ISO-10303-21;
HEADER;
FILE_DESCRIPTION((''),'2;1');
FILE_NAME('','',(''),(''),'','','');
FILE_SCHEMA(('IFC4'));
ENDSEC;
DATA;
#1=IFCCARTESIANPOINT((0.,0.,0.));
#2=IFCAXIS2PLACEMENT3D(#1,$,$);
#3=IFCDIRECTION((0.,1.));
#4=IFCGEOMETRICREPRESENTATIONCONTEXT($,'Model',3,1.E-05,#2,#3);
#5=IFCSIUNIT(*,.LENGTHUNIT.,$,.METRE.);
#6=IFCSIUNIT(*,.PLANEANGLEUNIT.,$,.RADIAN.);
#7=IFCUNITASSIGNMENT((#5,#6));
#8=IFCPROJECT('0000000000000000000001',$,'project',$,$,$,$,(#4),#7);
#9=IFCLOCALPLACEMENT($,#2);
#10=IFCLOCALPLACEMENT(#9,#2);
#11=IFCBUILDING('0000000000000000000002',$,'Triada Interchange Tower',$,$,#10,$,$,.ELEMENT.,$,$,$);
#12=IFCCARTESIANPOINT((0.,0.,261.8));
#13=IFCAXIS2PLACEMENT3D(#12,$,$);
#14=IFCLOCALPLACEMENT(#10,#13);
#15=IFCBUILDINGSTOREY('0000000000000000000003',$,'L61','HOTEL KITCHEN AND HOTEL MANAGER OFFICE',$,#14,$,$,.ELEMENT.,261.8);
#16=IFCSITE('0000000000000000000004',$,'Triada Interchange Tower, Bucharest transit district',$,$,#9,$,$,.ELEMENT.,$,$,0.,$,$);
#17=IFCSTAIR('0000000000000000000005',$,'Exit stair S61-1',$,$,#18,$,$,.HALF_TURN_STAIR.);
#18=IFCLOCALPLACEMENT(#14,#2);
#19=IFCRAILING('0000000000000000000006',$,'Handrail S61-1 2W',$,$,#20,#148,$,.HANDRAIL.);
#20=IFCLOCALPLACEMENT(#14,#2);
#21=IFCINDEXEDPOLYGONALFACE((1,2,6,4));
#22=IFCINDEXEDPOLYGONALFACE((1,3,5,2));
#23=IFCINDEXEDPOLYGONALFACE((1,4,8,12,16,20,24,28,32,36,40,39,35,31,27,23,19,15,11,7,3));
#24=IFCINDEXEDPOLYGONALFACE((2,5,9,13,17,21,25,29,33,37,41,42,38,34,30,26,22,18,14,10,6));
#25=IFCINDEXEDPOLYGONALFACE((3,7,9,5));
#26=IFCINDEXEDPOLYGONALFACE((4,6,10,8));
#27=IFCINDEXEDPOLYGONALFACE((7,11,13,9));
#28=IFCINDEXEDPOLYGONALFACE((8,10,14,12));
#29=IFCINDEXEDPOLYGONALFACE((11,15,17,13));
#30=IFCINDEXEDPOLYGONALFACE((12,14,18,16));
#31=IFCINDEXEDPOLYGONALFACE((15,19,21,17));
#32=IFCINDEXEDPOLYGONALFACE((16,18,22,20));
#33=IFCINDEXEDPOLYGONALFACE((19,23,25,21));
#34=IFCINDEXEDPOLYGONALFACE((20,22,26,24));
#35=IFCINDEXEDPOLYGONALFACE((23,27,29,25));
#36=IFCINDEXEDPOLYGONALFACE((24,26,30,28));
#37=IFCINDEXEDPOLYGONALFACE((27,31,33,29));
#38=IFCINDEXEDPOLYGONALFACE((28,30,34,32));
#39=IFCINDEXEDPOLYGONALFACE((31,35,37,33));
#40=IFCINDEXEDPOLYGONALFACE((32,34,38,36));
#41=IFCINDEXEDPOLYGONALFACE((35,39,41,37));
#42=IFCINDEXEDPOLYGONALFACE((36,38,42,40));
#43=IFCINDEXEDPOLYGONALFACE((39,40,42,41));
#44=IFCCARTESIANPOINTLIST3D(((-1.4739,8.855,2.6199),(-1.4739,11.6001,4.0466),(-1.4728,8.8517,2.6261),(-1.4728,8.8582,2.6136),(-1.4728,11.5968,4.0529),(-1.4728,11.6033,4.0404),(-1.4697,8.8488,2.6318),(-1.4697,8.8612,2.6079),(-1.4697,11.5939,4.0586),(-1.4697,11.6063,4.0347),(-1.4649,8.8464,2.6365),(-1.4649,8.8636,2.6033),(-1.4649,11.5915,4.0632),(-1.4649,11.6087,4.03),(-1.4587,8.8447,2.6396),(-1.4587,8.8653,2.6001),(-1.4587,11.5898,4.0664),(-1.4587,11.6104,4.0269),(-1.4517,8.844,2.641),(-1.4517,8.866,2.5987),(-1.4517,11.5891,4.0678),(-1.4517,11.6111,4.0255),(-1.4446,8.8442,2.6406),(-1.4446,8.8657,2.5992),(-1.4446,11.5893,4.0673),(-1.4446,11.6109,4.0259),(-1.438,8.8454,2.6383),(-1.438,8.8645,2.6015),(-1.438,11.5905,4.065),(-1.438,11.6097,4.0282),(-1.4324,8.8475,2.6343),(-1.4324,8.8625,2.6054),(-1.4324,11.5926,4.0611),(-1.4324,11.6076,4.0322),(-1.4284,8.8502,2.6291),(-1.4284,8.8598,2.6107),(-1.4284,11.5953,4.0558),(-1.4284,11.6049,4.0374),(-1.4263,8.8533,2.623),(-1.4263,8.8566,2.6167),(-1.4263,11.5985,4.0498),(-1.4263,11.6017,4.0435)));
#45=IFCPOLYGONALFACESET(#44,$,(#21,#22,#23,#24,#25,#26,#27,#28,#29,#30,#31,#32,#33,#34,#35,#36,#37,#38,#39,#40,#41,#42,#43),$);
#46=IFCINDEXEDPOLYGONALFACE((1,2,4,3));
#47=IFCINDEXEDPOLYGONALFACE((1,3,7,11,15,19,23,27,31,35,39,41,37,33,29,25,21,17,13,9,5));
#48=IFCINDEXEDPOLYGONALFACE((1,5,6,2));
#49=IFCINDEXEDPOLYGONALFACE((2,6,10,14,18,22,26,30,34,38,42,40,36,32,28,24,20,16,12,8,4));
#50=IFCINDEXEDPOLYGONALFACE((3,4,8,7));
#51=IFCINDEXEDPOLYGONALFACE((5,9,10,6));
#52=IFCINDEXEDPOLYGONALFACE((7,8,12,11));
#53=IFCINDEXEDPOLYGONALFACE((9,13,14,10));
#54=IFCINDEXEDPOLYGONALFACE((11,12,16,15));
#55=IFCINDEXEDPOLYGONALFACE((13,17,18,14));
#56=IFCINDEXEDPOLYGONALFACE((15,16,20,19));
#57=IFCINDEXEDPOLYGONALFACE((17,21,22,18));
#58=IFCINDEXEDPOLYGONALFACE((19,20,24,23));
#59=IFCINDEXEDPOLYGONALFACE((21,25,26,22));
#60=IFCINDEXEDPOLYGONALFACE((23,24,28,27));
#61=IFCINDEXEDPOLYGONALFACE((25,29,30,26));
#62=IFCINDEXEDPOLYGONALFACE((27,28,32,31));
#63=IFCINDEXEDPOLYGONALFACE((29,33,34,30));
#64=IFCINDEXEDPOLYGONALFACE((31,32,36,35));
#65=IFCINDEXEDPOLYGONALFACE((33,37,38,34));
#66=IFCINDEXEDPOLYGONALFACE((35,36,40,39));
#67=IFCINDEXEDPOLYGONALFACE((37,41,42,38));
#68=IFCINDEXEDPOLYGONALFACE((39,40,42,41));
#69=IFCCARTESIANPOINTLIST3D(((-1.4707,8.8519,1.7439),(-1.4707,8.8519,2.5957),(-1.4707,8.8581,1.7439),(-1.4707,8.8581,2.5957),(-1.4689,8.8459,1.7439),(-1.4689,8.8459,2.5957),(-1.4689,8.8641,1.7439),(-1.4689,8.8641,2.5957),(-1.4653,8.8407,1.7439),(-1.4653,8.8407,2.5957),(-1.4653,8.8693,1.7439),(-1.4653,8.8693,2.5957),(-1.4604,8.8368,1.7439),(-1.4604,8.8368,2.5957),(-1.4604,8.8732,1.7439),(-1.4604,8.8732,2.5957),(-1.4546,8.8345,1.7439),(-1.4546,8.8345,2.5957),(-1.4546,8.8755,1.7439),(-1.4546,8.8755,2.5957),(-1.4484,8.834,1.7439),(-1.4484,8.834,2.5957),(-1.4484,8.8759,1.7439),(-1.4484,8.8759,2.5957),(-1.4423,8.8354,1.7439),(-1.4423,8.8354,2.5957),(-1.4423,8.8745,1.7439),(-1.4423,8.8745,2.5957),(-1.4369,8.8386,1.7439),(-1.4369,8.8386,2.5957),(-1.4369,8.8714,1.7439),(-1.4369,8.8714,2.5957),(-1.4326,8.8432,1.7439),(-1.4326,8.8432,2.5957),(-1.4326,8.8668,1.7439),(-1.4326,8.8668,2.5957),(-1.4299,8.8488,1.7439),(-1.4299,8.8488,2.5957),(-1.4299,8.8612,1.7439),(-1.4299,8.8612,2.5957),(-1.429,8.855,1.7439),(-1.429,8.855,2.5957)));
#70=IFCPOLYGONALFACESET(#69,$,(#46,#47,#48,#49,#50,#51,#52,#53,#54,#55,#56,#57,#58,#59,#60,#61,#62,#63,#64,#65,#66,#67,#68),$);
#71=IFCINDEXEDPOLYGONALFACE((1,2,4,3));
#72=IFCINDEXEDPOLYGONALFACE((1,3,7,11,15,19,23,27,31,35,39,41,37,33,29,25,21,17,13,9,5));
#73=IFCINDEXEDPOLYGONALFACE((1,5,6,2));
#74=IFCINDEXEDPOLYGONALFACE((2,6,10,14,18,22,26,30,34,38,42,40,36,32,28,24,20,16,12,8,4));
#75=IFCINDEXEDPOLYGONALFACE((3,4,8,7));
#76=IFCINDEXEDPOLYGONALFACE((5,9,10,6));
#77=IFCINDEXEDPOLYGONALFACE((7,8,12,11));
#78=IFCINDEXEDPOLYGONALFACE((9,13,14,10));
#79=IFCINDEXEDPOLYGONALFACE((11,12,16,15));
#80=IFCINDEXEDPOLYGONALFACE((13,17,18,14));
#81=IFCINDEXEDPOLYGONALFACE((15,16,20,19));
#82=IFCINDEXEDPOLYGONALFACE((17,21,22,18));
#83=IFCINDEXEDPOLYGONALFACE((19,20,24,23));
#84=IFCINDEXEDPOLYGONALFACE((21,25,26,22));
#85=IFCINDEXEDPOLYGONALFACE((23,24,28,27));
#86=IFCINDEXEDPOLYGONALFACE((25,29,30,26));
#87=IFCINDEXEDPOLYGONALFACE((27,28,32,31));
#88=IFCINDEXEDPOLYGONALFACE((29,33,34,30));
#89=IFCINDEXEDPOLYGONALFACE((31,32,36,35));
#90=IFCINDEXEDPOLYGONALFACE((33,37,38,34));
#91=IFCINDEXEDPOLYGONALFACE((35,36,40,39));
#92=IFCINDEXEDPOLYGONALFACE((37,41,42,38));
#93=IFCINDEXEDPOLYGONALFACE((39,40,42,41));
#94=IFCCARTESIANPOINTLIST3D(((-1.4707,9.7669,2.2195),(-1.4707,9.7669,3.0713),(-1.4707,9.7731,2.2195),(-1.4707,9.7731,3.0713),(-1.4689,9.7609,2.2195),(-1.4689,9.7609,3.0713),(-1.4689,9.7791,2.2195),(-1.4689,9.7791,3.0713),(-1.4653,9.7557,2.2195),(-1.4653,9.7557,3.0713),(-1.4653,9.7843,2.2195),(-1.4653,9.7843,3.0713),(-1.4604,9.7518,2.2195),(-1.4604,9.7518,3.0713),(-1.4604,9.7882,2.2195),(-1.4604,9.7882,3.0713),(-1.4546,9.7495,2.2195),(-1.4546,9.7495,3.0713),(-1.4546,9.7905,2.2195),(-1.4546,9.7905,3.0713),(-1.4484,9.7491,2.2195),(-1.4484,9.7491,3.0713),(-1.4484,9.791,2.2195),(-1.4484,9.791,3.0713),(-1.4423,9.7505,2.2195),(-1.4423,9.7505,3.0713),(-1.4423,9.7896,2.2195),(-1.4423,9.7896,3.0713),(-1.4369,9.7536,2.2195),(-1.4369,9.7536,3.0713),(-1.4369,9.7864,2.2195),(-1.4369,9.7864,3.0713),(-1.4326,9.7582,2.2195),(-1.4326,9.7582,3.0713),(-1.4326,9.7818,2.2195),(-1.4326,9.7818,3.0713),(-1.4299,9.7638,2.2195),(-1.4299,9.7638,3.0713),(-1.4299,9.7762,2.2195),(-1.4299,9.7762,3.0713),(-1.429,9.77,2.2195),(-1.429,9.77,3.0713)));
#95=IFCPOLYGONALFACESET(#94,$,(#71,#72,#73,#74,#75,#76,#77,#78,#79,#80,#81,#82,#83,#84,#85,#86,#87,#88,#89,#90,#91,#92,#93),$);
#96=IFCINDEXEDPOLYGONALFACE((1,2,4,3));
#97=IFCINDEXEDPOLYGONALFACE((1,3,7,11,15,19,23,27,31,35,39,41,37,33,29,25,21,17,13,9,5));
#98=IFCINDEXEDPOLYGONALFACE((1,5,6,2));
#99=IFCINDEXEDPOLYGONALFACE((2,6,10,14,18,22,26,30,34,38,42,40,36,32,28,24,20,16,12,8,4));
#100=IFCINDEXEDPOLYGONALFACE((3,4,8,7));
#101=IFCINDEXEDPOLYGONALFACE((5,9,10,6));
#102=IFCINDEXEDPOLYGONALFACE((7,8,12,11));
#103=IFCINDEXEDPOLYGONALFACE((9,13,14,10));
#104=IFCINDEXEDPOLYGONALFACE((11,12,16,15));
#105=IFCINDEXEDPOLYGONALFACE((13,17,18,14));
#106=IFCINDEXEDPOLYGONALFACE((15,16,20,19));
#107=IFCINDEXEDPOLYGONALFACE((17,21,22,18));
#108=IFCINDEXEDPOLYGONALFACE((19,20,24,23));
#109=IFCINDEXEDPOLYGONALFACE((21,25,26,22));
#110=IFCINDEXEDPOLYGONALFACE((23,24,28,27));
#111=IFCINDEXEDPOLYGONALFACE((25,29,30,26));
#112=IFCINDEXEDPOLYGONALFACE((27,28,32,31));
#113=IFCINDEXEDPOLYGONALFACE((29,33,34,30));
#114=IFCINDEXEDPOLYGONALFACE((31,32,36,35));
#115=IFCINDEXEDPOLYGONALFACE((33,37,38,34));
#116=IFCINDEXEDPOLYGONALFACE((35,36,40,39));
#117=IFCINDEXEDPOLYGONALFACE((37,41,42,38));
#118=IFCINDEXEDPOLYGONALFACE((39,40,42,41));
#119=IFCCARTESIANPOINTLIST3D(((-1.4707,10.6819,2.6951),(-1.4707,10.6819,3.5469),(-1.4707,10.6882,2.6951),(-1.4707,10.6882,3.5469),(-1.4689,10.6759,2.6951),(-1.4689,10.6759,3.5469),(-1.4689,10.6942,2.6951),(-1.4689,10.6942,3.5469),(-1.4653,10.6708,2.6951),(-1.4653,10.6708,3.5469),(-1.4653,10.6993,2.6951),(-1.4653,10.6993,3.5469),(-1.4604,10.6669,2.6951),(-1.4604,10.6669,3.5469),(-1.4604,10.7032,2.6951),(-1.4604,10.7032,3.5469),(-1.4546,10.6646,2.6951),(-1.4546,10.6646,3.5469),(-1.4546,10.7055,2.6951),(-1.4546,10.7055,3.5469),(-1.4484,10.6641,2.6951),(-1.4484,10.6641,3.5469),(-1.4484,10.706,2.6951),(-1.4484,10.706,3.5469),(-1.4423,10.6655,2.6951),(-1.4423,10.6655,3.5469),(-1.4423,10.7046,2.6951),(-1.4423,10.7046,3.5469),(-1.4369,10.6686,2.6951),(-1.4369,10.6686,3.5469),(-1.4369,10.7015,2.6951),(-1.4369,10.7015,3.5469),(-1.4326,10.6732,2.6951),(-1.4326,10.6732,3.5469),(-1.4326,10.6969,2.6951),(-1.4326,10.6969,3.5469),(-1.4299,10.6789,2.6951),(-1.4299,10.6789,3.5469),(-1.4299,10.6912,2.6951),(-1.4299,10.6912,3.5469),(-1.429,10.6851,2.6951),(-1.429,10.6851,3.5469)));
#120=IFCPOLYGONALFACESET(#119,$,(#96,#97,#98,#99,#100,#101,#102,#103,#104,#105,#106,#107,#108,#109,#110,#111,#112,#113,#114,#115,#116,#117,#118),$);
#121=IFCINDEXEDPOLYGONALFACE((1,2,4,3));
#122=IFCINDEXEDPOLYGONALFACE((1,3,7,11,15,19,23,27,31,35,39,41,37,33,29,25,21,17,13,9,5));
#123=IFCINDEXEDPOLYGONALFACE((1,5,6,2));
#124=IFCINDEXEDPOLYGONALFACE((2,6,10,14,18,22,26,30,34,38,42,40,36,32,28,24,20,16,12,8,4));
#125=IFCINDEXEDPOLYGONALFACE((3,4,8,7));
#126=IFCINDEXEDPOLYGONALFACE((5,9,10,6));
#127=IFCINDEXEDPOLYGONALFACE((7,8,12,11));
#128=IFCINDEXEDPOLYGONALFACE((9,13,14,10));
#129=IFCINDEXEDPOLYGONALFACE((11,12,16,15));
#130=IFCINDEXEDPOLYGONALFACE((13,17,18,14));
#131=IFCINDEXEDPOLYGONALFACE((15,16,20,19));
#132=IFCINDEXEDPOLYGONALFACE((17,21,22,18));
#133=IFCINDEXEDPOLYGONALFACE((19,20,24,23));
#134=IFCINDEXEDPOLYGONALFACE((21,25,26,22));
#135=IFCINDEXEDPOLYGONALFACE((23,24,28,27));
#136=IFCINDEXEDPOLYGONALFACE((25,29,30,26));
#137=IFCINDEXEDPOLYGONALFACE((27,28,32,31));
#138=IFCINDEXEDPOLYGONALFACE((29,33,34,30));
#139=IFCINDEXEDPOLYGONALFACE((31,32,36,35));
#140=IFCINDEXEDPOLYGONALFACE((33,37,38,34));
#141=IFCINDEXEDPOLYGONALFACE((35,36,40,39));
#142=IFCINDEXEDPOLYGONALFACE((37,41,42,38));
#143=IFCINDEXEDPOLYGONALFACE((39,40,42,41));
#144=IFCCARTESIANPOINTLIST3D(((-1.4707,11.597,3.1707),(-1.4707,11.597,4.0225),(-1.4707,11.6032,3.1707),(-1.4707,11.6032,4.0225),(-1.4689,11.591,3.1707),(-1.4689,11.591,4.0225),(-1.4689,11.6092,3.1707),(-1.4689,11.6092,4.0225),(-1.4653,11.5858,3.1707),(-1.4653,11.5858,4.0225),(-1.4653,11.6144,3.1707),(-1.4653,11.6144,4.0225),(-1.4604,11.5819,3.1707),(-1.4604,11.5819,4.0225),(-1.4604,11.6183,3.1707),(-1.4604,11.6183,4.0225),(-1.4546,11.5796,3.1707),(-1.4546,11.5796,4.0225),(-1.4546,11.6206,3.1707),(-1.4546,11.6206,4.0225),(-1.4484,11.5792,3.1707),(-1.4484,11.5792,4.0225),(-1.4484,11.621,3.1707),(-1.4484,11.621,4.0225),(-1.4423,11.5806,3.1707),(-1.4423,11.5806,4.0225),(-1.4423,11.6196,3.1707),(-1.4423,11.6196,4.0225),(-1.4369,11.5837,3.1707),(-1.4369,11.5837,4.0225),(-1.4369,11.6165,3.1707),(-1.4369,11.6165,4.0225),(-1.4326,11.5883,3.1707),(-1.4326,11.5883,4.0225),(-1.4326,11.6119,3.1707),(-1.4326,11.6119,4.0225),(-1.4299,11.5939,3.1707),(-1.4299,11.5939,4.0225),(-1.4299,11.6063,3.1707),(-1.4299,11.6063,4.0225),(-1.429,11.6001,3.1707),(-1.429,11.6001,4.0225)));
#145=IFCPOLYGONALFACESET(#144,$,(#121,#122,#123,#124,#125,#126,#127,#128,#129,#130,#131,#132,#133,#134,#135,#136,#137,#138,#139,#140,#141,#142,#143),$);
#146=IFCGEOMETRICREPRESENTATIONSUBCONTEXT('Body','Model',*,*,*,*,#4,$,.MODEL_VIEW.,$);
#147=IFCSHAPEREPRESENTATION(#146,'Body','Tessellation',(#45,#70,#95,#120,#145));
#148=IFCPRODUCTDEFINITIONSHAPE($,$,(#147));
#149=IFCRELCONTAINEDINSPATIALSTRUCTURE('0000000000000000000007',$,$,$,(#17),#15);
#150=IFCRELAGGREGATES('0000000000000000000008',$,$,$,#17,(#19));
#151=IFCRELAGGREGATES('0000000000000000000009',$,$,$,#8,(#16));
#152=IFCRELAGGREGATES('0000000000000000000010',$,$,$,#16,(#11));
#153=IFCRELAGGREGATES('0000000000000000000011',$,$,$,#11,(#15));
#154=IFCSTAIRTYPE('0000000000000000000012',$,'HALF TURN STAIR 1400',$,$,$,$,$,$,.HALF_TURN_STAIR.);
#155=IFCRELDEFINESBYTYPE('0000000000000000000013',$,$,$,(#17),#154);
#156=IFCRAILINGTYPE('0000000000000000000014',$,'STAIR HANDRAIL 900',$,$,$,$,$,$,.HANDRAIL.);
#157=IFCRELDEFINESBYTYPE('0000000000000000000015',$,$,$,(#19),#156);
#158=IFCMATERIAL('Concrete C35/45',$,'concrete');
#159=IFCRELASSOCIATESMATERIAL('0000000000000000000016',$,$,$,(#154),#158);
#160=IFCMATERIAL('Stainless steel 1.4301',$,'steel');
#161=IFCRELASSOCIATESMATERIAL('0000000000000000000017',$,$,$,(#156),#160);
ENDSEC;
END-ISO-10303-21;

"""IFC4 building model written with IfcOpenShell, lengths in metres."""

from ifc_helpers import new_model, si_unit, direction, frame, origin, origin_2d, place, context, subcontext, project, spatial, circle, extrude, material, type_object, element, aggregate, save


model = new_model("IFC4")

# Units and contexts
model_context = context("Model", 3, precision=1e-05, world=origin(), true_north=direction((0.0, 1.0)))
body_context = subcontext(model_context, "Body", "Model", "MODEL_VIEW")
ifc_project = project(units=[si_unit("LENGTHUNIT", "METRE"), si_unit("PLANEANGLEUNIT", "RADIAN")], contexts=[model_context])

# Site, building, storey
site_placement = place(None, origin())
site = spatial("IfcSite", under=ifc_project, at=site_placement, Name="Triada Interchange Tower, Bucharest transit district", CompositionType="ELEMENT", RefElevation=0.0)
building_placement = place(site_placement, origin())
building = spatial("IfcBuilding", under=site, at=building_placement, Name="Triada Interchange Tower", CompositionType="ELEMENT")
storey_placement = place(building_placement, frame((0.0, 0.0, 261.8)))
storey = spatial("IfcBuildingStorey", under=building, at=storey_placement, Name="L61", Description="HOTEL KITCHEN AND HOTEL MANAGER OFFICE", CompositionType="ELEMENT", Elevation=261.8)

# Stair, railing
ifc_material_1 = material(Name="Concrete C35/45", Category="concrete")
stair_type = type_object("IfcStairType", Name="HALF TURN STAIR 1400", PredefinedType="HALF_TURN_STAIR", material=ifc_material_1)
stair_placement = place(storey_placement, origin())
stair = element("IfcStair", 1, at=stair_placement, inside=storey, type_object=stair_type, Name="Exit stair S61-1", PredefinedType="HALF_TURN_STAIR")
ifc_material_2 = material(Name="Stainless steel 1.4301", Category="steel")
railing_type = type_object("IfcRailingType", Name="STAIR HANDRAIL 900", PredefinedType="HANDRAIL", material=ifc_material_2)
railing_1_placement = place(storey_placement, frame((-1.45, 8.855, 1.7439)))
railing_1 = element("IfcRailing", 2, at=railing_1_placement, type_object=railing_type, Name="Handrail S61-1 2W", PredefinedType="HANDRAIL", context=body_context, shape_type="SweptSolid", body=[
    extrude(circle(Radius=0.0239, at=origin_2d()), frame((0.0, 0.0, 0.876), z_axis=(0.0, 0.88731, 0.461174), x_axis=(-1.0, 0.0, 0.0)), (0.0, 0.0, 1.0), 3.0938),
    extrude(circle(Radius=0.021, at=origin_2d()), origin(), (0.0, 0.0, 1.0), 0.8518),
    extrude(circle(Radius=0.021, at=origin_2d()), frame((0.0, 0.915, 0.4756)), (0.0, 0.0, 1.0), 0.8518),
    extrude(circle(Radius=0.021, at=origin_2d()), frame((0.0, 1.8301, 0.9512)), (0.0, 0.0, 1.0), 0.8518),
    extrude(circle(Radius=0.021, at=origin_2d()), frame((0.0, 2.7451, 1.4268)), (0.0, 0.0, 1.0), 0.8518),
])
aggregate(stair, [railing_1])

save(model, "model.ifc")
